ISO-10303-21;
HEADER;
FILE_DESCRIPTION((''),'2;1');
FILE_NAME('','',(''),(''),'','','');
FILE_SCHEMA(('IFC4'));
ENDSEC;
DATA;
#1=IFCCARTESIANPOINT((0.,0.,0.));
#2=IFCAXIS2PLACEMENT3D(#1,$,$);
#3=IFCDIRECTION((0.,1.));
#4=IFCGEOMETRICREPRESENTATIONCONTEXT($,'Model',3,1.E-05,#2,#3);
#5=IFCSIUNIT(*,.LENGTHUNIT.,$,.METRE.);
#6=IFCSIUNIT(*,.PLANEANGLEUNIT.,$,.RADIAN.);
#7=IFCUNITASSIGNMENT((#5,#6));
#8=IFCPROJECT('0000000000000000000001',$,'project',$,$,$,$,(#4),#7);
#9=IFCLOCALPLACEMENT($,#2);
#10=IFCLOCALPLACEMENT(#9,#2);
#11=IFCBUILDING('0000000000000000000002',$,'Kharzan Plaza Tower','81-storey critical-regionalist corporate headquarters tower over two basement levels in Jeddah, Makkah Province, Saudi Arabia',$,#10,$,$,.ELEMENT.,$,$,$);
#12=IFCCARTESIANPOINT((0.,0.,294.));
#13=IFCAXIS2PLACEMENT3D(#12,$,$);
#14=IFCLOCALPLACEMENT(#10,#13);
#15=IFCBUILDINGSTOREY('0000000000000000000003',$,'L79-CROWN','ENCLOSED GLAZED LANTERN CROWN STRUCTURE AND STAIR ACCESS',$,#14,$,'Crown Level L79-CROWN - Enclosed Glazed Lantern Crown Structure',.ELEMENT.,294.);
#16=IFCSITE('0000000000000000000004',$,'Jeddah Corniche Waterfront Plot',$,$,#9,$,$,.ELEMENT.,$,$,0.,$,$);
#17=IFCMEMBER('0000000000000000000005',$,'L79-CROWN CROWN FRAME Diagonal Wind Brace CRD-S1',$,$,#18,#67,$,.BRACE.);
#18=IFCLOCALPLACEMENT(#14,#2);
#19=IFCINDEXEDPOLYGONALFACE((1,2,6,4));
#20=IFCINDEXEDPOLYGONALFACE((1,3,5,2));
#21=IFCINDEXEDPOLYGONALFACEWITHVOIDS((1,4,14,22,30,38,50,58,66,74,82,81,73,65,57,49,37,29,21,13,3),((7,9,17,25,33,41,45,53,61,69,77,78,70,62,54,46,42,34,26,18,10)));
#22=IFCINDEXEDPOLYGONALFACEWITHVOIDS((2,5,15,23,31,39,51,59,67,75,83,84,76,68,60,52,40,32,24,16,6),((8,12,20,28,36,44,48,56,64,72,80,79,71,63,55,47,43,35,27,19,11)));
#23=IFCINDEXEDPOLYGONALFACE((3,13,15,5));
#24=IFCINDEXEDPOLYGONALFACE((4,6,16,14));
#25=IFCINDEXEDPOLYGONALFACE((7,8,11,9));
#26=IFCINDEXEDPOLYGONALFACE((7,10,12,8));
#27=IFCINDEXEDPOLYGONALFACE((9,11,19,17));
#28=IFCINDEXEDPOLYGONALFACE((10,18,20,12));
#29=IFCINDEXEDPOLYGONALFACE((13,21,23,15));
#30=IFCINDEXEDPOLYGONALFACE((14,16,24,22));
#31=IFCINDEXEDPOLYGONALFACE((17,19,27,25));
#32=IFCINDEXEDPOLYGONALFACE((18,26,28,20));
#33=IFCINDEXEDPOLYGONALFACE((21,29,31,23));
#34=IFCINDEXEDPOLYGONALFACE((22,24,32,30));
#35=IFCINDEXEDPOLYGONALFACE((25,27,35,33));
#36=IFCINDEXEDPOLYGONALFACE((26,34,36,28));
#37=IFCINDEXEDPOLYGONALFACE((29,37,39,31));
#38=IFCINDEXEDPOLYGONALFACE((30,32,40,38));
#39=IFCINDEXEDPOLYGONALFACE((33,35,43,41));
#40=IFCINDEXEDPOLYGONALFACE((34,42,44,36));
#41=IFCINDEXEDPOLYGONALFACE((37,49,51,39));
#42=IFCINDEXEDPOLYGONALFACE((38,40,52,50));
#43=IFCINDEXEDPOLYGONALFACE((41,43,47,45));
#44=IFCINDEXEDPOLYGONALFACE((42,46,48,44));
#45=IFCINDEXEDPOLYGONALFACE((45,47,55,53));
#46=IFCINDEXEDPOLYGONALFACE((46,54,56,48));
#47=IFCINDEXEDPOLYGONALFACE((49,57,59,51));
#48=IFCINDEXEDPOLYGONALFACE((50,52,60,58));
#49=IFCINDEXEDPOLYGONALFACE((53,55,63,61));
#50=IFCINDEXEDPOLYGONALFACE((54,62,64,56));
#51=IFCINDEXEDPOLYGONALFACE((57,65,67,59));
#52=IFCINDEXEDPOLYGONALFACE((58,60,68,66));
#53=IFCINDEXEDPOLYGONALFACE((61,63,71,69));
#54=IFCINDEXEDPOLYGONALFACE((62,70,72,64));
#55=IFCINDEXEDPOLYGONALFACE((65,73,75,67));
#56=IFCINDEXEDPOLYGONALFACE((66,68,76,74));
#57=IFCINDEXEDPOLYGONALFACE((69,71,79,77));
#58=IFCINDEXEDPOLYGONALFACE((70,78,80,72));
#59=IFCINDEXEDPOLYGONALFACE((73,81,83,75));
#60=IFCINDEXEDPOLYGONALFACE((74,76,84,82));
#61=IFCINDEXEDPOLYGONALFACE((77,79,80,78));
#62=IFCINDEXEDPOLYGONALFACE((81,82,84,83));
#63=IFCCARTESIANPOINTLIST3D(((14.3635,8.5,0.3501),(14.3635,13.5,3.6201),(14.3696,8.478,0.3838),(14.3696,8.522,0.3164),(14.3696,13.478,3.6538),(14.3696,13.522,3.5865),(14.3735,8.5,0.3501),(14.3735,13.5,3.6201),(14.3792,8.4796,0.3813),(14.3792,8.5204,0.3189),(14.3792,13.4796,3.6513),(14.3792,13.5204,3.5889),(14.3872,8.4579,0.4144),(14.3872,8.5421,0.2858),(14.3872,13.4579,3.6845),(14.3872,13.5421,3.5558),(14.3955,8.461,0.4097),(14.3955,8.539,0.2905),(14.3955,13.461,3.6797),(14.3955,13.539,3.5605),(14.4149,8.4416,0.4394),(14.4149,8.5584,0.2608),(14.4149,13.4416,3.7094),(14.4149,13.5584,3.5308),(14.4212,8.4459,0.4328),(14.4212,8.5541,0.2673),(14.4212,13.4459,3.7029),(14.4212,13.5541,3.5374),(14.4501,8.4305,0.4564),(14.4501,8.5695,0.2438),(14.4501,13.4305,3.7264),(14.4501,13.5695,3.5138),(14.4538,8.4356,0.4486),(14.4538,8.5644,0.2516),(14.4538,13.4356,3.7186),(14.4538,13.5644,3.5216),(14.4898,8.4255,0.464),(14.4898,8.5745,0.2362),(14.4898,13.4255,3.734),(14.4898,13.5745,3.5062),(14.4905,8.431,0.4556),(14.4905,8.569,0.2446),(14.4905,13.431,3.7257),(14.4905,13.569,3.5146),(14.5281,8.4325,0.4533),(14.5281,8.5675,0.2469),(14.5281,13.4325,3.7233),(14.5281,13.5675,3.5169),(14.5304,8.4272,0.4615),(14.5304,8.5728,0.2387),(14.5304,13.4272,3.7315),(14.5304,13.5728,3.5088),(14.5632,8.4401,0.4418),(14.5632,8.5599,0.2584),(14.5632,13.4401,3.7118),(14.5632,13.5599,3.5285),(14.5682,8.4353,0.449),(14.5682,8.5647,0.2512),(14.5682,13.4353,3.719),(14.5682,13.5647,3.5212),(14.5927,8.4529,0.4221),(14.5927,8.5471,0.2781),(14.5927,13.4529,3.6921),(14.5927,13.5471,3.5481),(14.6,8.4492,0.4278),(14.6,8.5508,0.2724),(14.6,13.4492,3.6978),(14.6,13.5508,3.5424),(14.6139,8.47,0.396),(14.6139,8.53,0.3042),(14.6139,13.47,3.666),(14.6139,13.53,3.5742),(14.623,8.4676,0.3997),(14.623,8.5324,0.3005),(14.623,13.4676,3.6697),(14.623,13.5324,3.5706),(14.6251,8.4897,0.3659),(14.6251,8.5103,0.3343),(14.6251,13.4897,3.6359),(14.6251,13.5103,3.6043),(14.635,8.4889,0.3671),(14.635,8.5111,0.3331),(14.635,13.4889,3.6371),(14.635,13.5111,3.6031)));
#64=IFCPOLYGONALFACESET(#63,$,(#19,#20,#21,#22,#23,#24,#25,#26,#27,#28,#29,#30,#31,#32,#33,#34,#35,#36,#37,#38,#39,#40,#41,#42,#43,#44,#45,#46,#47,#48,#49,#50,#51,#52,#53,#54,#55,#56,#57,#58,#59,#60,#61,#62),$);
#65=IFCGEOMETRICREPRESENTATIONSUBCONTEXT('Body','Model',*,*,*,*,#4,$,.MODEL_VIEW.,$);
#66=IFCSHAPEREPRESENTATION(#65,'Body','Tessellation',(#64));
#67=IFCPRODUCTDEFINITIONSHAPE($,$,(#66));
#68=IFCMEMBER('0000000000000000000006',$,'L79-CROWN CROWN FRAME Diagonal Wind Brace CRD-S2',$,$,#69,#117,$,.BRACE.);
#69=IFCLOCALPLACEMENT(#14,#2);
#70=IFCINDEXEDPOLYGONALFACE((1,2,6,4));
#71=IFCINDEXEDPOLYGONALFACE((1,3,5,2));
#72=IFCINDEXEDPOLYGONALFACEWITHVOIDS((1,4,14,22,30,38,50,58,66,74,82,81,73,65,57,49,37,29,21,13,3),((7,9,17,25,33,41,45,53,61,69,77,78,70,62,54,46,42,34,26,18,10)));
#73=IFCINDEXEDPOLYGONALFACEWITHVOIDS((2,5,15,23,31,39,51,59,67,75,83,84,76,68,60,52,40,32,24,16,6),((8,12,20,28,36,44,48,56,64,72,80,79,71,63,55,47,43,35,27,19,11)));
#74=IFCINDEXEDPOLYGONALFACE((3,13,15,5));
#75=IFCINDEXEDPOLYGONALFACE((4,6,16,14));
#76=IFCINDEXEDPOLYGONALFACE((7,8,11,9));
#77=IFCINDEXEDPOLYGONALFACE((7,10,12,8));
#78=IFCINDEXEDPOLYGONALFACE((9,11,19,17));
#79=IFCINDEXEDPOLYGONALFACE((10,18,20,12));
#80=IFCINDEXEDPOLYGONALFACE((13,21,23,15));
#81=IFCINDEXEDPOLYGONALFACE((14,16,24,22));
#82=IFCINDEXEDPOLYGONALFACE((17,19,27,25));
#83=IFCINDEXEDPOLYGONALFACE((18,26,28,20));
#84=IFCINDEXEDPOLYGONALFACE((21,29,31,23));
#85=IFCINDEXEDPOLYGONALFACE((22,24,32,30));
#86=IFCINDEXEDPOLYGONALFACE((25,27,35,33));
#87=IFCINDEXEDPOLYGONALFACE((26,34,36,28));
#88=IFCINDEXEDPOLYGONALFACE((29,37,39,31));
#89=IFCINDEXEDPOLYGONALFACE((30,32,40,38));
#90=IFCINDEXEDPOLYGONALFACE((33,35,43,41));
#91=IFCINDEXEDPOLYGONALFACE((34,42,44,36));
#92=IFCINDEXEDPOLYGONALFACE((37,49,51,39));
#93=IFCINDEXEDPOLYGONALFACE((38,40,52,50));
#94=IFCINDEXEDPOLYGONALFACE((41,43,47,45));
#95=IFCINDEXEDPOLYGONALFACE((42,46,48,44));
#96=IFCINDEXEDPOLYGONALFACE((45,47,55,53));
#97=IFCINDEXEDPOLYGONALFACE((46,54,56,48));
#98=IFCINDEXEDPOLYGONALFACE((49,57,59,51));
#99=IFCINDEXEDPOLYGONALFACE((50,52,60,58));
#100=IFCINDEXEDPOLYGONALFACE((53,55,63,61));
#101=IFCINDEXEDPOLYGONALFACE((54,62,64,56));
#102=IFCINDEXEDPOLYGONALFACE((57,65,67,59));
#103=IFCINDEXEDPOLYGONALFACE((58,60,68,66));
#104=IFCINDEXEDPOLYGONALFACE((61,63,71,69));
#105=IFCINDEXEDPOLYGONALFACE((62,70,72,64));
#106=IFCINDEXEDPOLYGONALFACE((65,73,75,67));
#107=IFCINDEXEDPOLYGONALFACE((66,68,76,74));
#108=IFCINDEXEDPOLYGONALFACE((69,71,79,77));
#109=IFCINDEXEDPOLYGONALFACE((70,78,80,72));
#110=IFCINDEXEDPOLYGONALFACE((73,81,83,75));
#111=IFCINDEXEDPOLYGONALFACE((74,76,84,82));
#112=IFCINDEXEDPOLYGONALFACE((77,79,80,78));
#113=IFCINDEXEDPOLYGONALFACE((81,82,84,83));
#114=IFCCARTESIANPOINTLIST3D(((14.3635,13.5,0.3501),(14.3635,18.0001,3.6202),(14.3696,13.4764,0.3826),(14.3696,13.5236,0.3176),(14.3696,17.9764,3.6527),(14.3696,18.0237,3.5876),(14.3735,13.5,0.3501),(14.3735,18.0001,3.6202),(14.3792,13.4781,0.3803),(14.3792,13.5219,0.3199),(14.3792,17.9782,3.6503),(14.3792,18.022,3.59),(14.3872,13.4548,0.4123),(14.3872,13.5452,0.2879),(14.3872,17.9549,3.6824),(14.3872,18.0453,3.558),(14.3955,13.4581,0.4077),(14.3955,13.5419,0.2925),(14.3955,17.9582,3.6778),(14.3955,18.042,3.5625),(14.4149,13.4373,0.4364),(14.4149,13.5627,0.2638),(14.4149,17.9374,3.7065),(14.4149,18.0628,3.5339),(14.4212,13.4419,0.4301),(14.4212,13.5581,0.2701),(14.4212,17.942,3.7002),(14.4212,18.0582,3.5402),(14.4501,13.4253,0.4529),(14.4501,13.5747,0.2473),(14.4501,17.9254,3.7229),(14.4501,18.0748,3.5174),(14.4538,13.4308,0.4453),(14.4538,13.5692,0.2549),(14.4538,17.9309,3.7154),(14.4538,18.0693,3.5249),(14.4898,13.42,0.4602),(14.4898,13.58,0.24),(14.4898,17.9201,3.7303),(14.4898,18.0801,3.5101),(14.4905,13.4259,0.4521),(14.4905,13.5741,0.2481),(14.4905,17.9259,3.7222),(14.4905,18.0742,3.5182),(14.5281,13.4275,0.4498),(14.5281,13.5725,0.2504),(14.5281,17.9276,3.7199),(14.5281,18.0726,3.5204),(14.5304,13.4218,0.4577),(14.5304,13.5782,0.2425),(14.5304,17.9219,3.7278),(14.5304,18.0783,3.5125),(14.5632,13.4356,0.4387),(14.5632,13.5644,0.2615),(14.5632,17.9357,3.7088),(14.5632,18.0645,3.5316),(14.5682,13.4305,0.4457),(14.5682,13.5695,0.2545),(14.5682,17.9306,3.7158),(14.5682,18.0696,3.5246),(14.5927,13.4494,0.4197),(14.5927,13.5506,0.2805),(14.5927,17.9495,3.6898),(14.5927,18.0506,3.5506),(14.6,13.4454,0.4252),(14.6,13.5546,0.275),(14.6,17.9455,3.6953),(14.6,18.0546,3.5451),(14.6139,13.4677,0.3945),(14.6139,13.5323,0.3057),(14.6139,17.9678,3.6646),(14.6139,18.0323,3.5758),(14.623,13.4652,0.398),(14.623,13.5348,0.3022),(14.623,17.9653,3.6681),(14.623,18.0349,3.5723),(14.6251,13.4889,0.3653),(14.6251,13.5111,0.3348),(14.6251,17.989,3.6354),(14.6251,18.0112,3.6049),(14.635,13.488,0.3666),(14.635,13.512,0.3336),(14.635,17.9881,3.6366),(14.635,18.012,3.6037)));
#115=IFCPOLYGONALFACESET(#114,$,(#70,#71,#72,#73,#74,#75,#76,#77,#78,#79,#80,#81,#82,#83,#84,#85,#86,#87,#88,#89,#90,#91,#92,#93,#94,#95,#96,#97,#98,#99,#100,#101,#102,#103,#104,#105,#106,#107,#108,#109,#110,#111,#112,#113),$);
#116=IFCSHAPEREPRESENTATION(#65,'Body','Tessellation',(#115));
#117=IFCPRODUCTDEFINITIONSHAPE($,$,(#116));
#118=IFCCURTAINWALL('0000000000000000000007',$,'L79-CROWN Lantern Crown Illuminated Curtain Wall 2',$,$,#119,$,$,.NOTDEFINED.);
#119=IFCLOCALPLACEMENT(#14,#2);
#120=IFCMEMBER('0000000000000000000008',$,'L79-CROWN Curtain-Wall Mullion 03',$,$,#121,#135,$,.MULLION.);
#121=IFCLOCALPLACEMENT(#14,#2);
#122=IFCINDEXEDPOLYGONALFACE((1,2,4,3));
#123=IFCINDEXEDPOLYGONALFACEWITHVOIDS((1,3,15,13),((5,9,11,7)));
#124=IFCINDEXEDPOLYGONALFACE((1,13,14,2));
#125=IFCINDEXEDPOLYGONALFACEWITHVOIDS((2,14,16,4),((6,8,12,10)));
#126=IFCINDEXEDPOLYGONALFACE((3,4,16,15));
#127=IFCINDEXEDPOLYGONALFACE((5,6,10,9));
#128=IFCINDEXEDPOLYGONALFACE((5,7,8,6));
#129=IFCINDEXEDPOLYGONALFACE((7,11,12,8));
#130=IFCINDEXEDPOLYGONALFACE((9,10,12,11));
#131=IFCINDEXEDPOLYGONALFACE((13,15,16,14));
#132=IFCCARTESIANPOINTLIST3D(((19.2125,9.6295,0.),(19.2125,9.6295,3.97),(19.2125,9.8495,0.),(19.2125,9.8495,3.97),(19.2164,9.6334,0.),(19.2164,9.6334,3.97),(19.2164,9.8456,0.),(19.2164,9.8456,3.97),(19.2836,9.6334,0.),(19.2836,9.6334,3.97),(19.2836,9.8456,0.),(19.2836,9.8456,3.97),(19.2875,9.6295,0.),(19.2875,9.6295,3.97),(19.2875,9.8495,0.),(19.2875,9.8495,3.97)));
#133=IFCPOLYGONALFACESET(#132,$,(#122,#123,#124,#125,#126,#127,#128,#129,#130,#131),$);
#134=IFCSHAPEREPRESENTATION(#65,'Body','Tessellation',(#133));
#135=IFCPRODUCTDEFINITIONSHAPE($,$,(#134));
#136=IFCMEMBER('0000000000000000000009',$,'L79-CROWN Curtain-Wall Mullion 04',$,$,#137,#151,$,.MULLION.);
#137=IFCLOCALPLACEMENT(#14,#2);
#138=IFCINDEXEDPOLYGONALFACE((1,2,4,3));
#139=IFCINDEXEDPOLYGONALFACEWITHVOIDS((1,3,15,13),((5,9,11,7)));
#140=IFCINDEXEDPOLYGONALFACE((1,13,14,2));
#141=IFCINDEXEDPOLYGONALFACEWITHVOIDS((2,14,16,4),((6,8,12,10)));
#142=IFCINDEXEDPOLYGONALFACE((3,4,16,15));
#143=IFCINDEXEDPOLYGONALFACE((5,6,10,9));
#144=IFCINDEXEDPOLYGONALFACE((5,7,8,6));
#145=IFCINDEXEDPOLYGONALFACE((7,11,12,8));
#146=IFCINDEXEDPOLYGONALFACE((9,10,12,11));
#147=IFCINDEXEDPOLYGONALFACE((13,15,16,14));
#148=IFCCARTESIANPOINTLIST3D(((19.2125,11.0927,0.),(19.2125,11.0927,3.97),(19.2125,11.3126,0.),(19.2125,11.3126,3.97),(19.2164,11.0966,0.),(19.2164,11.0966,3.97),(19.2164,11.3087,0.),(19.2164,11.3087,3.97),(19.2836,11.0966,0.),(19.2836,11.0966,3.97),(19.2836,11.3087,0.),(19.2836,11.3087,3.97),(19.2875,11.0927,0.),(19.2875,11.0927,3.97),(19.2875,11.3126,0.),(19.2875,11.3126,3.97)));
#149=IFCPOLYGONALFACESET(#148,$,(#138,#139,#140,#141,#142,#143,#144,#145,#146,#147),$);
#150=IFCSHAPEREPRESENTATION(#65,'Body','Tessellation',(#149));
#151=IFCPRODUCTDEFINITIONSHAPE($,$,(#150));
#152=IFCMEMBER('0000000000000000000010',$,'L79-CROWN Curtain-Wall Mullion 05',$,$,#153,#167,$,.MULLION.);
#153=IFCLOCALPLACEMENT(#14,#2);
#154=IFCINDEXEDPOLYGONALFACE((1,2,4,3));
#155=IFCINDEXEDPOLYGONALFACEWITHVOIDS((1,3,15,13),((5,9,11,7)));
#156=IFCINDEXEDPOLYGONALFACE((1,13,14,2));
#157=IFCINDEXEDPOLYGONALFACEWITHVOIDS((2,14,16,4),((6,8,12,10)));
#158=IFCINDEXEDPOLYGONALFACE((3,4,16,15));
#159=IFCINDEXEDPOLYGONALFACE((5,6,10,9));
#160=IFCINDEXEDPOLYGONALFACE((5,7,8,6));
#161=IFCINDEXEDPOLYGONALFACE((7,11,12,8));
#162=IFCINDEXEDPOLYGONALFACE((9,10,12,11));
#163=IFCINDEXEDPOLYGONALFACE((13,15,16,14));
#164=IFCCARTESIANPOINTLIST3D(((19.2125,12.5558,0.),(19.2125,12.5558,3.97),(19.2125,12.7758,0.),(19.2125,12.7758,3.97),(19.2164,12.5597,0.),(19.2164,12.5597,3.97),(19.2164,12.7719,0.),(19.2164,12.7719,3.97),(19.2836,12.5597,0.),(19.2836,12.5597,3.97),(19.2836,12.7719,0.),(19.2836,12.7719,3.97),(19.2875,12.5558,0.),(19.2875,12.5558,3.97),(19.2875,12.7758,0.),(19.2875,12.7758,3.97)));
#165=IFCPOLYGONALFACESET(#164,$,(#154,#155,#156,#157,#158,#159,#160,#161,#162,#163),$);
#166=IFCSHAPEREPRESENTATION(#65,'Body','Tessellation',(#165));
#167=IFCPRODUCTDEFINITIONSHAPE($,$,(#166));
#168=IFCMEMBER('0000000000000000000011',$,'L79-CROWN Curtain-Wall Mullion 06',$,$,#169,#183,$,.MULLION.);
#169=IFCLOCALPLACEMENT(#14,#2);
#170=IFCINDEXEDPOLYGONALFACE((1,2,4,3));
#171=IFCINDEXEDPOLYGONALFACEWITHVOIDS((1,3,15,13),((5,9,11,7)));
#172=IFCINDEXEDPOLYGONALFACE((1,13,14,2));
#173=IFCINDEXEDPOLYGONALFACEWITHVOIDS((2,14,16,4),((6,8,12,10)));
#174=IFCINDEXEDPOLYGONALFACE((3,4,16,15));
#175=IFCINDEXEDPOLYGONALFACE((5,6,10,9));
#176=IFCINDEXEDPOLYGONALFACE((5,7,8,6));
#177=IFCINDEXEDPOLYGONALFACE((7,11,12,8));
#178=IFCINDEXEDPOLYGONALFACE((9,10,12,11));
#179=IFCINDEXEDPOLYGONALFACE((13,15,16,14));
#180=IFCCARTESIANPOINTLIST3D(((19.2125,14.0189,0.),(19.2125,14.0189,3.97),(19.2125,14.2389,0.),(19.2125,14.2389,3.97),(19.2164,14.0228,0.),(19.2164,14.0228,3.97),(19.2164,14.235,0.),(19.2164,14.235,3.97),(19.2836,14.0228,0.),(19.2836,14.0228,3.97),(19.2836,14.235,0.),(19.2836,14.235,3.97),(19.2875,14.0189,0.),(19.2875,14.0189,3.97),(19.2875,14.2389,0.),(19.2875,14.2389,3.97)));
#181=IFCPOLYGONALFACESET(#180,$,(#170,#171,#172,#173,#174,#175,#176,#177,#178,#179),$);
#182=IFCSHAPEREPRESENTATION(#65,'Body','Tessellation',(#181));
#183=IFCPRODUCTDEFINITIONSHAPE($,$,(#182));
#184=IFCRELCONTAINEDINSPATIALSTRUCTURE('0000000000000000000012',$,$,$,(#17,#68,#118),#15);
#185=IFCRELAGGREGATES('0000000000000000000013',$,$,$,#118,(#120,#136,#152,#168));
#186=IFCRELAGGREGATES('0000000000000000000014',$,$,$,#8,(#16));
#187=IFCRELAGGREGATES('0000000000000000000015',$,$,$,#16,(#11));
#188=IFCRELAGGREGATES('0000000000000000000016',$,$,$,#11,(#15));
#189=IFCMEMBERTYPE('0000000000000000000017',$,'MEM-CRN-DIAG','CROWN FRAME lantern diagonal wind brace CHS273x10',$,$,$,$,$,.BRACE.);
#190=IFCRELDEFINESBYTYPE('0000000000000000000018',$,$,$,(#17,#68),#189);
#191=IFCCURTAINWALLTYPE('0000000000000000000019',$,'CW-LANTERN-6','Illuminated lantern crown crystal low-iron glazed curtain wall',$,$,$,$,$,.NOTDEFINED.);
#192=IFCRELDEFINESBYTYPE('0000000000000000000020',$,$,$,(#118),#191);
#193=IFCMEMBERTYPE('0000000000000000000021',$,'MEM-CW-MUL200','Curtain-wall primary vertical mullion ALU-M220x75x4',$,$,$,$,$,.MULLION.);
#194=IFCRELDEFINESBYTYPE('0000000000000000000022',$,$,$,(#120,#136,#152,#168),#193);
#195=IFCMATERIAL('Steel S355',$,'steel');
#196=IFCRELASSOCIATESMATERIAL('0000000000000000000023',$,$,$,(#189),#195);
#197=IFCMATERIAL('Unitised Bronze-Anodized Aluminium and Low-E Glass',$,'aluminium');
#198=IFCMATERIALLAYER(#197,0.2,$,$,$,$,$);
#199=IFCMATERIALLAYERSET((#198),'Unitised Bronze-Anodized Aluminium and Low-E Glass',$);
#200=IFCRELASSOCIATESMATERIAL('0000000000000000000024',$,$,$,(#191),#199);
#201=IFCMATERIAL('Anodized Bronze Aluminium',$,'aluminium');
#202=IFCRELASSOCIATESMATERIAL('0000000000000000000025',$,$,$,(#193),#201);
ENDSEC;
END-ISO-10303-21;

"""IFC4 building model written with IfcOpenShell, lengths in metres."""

from ifc_helpers import new_model, si_unit, direction, frame, origin, origin_2d, place, context, subcontext, project, spatial, hollow_rectangle, hollow_circle, extrude, source, transform, mapped, material, layer, layer_set, material_profile, profile_set, type_object, element, aggregate, save


model = new_model("IFC4")

# Units and contexts
model_context = context("Model", 3, precision=1e-05, world=origin(), true_north=direction((0.0, 1.0)))
body_context = subcontext(model_context, "Body", "Model", "MODEL_VIEW")
ifc_project = project(units=[si_unit("LENGTHUNIT", "METRE"), si_unit("PLANEANGLEUNIT", "RADIAN")], contexts=[model_context])

# Site, building, storey
site_placement = place(None, origin())
site = spatial("IfcSite", under=ifc_project, at=site_placement, Name="Jeddah Corniche Waterfront Plot", CompositionType="ELEMENT", RefElevation=0.0)
building_placement = place(site_placement, origin())
building = spatial("IfcBuilding", under=site, at=building_placement, Name="Kharzan Plaza Tower", Description="81-storey critical-regionalist corporate headquarters tower over two basement levels in Jeddah, Makkah Province, Saudi Arabia", CompositionType="ELEMENT")
storey_placement = place(building_placement, frame((0.0, 0.0, 294.0)))
storey = spatial("IfcBuildingStorey", under=building, at=storey_placement, Name="L79-CROWN", Description="ENCLOSED GLAZED LANTERN CROWN STRUCTURE AND STAIR ACCESS", LongName="Crown Level L79-CROWN - Enclosed Glazed Lantern Crown Structure", CompositionType="ELEMENT", Elevation=294.0)

# Shared definitions
ifc_material_1 = material(Name="Steel S355", Category="steel")

# Members
ifc_material_profile_1 = material_profile(ifc_material_1, hollow_circle(Radius=0.1365, WallThickness=0.01, at=origin_2d()), Name="CHS273x10")
ifc_profile_set_1 = profile_set([ifc_material_profile_1], Name="Steel S355")
member_type_1 = type_object("IfcMemberType", Name="MEM-CRN-DIAG", Description="CROWN FRAME lantern diagonal wind brace CHS273x10", PredefinedType="BRACE", material=ifc_profile_set_1)
shared_shape_1 = source(origin(), body_context, "Body", "SweptSolid", [
    extrude(hollow_circle(Radius=0.1365, WallThickness=0.01, at=origin_2d()), origin(), (0.0, 0.0, 1.0), 5.9744),
])
member_1_placement = place(storey_placement, frame((14.5, 8.5, 0.3501), z_axis=(0.0, 0.836909, 0.547342), x_axis=(-1.0, 0.0, 0.0)))
element("IfcMember", 1, at=member_1_placement, inside=storey, type_object=member_type_1, Name="L79-CROWN CROWN FRAME Diagonal Wind Brace CRD-S1", PredefinedType="BRACE", context=body_context, shape_type="MappedRepresentation", body=[
    mapped(shared_shape_1, transform((0.0, 0.0, 0.0), x_axis=(1.0, 0.0, 0.0), y_axis=(0.0, 1.0, 0.0), z_axis=(0.0, 0.0, 1.0))),
])
shared_shape_2 = source(origin(), body_context, "Body", "SweptSolid", [
    extrude(hollow_circle(Radius=0.1365, WallThickness=0.01, at=origin_2d()), origin(), (0.0, 0.0, 1.0), 5.5627),
])
member_2_placement = place(storey_placement, frame((14.5, 13.5, 0.3501), z_axis=(0.0, 0.808968, 0.587853), x_axis=(-1.0, 0.0, 0.0)))
element("IfcMember", 2, at=member_2_placement, inside=storey, type_object=member_type_1, Name="L79-CROWN CROWN FRAME Diagonal Wind Brace CRD-S2", PredefinedType="BRACE", context=body_context, shape_type="MappedRepresentation", body=[
    mapped(shared_shape_2, transform((0.0, 0.0, 0.0), x_axis=(1.0, 0.0, 0.0), y_axis=(0.0, 1.0, 0.0), z_axis=(0.0, 0.0, 1.0))),
])

# Curtain wall, members
ifc_material_2 = material(Name="Unitised Bronze-Anodized Aluminium and Low-E Glass", Category="aluminium")
ifc_layer_1 = layer(ifc_material_2, 0.2)
ifc_layer_set_1 = layer_set([ifc_layer_1], Name="Unitised Bronze-Anodized Aluminium and Low-E Glass")
curtain_wall_type = type_object("IfcCurtainWallType", Name="CW-LANTERN-6", Description="Illuminated lantern crown crystal low-iron glazed curtain wall", PredefinedType="NOTDEFINED", material=ifc_layer_set_1)
curtain_wall_placement = place(storey_placement, origin())
curtain_wall = element("IfcCurtainWall", 3, at=curtain_wall_placement, inside=storey, type_object=curtain_wall_type, Name="L79-CROWN Lantern Crown Illuminated Curtain Wall 2", PredefinedType="NOTDEFINED")
ifc_material_3 = material(Name="Anodized Bronze Aluminium", Category="aluminium")
ifc_material_profile_2 = material_profile(ifc_material_3, hollow_rectangle(XDim=0.075, YDim=0.22, WallThickness=0.0039, at=origin_2d()), Name="ALU-M220x75x4")
ifc_profile_set_2 = profile_set([ifc_material_profile_2], Name="Anodized Bronze Aluminium")
member_type_2 = type_object("IfcMemberType", Name="MEM-CW-MUL200", Description="Curtain-wall primary vertical mullion ALU-M220x75x4", PredefinedType="MULLION", material=ifc_profile_set_2)
shared_shape_3 = source(origin(), body_context, "Body", "SweptSolid", [
    extrude(hollow_rectangle(XDim=0.075, YDim=0.22, WallThickness=0.0039, at=origin_2d()), origin(), (0.0, 0.0, 1.0), 3.97),
])
member_3_placement = place(storey_placement, frame((19.25, 9.7395, 0.0), z_axis=(0.0, 0.0, 1.0), x_axis=(1.0, 0.0, 0.0)))
member_3 = element("IfcMember", 4, at=member_3_placement, type_object=member_type_2, Name="L79-CROWN Curtain-Wall Mullion 03", PredefinedType="MULLION", context=body_context, shape_type="MappedRepresentation", body=[
    mapped(shared_shape_3, transform((0.0, 0.0, 0.0), x_axis=(1.0, 0.0, 0.0), y_axis=(0.0, 1.0, 0.0), z_axis=(0.0, 0.0, 1.0))),
])
member_4_placement = place(storey_placement, frame((19.25, 11.2026, 0.0), z_axis=(0.0, 0.0, 1.0), x_axis=(1.0, 0.0, 0.0)))
member_4 = element("IfcMember", 5, at=member_4_placement, type_object=member_type_2, Name="L79-CROWN Curtain-Wall Mullion 04", PredefinedType="MULLION", context=body_context, shape_type="MappedRepresentation", body=[
    mapped(shared_shape_3, transform((0.0, 0.0, 0.0), x_axis=(1.0, 0.0, 0.0), y_axis=(0.0, 1.0, 0.0), z_axis=(0.0, 0.0, 1.0))),
])
member_5_placement = place(storey_placement, frame((19.25, 12.6658, 0.0), z_axis=(0.0, 0.0, 1.0), x_axis=(1.0, 0.0, 0.0)))
member_5 = element("IfcMember", 6, at=member_5_placement, type_object=member_type_2, Name="L79-CROWN Curtain-Wall Mullion 05", PredefinedType="MULLION", context=body_context, shape_type="MappedRepresentation", body=[
    mapped(shared_shape_3, transform((0.0, 0.0, 0.0), x_axis=(1.0, 0.0, 0.0), y_axis=(0.0, 1.0, 0.0), z_axis=(0.0, 0.0, 1.0))),
])
member_6_placement = place(storey_placement, frame((19.25, 14.1289, 0.0), z_axis=(0.0, 0.0, 1.0), x_axis=(1.0, 0.0, 0.0)))
member_6 = element("IfcMember", 7, at=member_6_placement, type_object=member_type_2, Name="L79-CROWN Curtain-Wall Mullion 06", PredefinedType="MULLION", context=body_context, shape_type="MappedRepresentation", body=[
    mapped(shared_shape_3, transform((0.0, 0.0, 0.0), x_axis=(1.0, 0.0, 0.0), y_axis=(0.0, 1.0, 0.0), z_axis=(0.0, 0.0, 1.0))),
])

aggregate(curtain_wall, [member_3, member_4, member_5, member_6])

save(model, "model.ifc")
